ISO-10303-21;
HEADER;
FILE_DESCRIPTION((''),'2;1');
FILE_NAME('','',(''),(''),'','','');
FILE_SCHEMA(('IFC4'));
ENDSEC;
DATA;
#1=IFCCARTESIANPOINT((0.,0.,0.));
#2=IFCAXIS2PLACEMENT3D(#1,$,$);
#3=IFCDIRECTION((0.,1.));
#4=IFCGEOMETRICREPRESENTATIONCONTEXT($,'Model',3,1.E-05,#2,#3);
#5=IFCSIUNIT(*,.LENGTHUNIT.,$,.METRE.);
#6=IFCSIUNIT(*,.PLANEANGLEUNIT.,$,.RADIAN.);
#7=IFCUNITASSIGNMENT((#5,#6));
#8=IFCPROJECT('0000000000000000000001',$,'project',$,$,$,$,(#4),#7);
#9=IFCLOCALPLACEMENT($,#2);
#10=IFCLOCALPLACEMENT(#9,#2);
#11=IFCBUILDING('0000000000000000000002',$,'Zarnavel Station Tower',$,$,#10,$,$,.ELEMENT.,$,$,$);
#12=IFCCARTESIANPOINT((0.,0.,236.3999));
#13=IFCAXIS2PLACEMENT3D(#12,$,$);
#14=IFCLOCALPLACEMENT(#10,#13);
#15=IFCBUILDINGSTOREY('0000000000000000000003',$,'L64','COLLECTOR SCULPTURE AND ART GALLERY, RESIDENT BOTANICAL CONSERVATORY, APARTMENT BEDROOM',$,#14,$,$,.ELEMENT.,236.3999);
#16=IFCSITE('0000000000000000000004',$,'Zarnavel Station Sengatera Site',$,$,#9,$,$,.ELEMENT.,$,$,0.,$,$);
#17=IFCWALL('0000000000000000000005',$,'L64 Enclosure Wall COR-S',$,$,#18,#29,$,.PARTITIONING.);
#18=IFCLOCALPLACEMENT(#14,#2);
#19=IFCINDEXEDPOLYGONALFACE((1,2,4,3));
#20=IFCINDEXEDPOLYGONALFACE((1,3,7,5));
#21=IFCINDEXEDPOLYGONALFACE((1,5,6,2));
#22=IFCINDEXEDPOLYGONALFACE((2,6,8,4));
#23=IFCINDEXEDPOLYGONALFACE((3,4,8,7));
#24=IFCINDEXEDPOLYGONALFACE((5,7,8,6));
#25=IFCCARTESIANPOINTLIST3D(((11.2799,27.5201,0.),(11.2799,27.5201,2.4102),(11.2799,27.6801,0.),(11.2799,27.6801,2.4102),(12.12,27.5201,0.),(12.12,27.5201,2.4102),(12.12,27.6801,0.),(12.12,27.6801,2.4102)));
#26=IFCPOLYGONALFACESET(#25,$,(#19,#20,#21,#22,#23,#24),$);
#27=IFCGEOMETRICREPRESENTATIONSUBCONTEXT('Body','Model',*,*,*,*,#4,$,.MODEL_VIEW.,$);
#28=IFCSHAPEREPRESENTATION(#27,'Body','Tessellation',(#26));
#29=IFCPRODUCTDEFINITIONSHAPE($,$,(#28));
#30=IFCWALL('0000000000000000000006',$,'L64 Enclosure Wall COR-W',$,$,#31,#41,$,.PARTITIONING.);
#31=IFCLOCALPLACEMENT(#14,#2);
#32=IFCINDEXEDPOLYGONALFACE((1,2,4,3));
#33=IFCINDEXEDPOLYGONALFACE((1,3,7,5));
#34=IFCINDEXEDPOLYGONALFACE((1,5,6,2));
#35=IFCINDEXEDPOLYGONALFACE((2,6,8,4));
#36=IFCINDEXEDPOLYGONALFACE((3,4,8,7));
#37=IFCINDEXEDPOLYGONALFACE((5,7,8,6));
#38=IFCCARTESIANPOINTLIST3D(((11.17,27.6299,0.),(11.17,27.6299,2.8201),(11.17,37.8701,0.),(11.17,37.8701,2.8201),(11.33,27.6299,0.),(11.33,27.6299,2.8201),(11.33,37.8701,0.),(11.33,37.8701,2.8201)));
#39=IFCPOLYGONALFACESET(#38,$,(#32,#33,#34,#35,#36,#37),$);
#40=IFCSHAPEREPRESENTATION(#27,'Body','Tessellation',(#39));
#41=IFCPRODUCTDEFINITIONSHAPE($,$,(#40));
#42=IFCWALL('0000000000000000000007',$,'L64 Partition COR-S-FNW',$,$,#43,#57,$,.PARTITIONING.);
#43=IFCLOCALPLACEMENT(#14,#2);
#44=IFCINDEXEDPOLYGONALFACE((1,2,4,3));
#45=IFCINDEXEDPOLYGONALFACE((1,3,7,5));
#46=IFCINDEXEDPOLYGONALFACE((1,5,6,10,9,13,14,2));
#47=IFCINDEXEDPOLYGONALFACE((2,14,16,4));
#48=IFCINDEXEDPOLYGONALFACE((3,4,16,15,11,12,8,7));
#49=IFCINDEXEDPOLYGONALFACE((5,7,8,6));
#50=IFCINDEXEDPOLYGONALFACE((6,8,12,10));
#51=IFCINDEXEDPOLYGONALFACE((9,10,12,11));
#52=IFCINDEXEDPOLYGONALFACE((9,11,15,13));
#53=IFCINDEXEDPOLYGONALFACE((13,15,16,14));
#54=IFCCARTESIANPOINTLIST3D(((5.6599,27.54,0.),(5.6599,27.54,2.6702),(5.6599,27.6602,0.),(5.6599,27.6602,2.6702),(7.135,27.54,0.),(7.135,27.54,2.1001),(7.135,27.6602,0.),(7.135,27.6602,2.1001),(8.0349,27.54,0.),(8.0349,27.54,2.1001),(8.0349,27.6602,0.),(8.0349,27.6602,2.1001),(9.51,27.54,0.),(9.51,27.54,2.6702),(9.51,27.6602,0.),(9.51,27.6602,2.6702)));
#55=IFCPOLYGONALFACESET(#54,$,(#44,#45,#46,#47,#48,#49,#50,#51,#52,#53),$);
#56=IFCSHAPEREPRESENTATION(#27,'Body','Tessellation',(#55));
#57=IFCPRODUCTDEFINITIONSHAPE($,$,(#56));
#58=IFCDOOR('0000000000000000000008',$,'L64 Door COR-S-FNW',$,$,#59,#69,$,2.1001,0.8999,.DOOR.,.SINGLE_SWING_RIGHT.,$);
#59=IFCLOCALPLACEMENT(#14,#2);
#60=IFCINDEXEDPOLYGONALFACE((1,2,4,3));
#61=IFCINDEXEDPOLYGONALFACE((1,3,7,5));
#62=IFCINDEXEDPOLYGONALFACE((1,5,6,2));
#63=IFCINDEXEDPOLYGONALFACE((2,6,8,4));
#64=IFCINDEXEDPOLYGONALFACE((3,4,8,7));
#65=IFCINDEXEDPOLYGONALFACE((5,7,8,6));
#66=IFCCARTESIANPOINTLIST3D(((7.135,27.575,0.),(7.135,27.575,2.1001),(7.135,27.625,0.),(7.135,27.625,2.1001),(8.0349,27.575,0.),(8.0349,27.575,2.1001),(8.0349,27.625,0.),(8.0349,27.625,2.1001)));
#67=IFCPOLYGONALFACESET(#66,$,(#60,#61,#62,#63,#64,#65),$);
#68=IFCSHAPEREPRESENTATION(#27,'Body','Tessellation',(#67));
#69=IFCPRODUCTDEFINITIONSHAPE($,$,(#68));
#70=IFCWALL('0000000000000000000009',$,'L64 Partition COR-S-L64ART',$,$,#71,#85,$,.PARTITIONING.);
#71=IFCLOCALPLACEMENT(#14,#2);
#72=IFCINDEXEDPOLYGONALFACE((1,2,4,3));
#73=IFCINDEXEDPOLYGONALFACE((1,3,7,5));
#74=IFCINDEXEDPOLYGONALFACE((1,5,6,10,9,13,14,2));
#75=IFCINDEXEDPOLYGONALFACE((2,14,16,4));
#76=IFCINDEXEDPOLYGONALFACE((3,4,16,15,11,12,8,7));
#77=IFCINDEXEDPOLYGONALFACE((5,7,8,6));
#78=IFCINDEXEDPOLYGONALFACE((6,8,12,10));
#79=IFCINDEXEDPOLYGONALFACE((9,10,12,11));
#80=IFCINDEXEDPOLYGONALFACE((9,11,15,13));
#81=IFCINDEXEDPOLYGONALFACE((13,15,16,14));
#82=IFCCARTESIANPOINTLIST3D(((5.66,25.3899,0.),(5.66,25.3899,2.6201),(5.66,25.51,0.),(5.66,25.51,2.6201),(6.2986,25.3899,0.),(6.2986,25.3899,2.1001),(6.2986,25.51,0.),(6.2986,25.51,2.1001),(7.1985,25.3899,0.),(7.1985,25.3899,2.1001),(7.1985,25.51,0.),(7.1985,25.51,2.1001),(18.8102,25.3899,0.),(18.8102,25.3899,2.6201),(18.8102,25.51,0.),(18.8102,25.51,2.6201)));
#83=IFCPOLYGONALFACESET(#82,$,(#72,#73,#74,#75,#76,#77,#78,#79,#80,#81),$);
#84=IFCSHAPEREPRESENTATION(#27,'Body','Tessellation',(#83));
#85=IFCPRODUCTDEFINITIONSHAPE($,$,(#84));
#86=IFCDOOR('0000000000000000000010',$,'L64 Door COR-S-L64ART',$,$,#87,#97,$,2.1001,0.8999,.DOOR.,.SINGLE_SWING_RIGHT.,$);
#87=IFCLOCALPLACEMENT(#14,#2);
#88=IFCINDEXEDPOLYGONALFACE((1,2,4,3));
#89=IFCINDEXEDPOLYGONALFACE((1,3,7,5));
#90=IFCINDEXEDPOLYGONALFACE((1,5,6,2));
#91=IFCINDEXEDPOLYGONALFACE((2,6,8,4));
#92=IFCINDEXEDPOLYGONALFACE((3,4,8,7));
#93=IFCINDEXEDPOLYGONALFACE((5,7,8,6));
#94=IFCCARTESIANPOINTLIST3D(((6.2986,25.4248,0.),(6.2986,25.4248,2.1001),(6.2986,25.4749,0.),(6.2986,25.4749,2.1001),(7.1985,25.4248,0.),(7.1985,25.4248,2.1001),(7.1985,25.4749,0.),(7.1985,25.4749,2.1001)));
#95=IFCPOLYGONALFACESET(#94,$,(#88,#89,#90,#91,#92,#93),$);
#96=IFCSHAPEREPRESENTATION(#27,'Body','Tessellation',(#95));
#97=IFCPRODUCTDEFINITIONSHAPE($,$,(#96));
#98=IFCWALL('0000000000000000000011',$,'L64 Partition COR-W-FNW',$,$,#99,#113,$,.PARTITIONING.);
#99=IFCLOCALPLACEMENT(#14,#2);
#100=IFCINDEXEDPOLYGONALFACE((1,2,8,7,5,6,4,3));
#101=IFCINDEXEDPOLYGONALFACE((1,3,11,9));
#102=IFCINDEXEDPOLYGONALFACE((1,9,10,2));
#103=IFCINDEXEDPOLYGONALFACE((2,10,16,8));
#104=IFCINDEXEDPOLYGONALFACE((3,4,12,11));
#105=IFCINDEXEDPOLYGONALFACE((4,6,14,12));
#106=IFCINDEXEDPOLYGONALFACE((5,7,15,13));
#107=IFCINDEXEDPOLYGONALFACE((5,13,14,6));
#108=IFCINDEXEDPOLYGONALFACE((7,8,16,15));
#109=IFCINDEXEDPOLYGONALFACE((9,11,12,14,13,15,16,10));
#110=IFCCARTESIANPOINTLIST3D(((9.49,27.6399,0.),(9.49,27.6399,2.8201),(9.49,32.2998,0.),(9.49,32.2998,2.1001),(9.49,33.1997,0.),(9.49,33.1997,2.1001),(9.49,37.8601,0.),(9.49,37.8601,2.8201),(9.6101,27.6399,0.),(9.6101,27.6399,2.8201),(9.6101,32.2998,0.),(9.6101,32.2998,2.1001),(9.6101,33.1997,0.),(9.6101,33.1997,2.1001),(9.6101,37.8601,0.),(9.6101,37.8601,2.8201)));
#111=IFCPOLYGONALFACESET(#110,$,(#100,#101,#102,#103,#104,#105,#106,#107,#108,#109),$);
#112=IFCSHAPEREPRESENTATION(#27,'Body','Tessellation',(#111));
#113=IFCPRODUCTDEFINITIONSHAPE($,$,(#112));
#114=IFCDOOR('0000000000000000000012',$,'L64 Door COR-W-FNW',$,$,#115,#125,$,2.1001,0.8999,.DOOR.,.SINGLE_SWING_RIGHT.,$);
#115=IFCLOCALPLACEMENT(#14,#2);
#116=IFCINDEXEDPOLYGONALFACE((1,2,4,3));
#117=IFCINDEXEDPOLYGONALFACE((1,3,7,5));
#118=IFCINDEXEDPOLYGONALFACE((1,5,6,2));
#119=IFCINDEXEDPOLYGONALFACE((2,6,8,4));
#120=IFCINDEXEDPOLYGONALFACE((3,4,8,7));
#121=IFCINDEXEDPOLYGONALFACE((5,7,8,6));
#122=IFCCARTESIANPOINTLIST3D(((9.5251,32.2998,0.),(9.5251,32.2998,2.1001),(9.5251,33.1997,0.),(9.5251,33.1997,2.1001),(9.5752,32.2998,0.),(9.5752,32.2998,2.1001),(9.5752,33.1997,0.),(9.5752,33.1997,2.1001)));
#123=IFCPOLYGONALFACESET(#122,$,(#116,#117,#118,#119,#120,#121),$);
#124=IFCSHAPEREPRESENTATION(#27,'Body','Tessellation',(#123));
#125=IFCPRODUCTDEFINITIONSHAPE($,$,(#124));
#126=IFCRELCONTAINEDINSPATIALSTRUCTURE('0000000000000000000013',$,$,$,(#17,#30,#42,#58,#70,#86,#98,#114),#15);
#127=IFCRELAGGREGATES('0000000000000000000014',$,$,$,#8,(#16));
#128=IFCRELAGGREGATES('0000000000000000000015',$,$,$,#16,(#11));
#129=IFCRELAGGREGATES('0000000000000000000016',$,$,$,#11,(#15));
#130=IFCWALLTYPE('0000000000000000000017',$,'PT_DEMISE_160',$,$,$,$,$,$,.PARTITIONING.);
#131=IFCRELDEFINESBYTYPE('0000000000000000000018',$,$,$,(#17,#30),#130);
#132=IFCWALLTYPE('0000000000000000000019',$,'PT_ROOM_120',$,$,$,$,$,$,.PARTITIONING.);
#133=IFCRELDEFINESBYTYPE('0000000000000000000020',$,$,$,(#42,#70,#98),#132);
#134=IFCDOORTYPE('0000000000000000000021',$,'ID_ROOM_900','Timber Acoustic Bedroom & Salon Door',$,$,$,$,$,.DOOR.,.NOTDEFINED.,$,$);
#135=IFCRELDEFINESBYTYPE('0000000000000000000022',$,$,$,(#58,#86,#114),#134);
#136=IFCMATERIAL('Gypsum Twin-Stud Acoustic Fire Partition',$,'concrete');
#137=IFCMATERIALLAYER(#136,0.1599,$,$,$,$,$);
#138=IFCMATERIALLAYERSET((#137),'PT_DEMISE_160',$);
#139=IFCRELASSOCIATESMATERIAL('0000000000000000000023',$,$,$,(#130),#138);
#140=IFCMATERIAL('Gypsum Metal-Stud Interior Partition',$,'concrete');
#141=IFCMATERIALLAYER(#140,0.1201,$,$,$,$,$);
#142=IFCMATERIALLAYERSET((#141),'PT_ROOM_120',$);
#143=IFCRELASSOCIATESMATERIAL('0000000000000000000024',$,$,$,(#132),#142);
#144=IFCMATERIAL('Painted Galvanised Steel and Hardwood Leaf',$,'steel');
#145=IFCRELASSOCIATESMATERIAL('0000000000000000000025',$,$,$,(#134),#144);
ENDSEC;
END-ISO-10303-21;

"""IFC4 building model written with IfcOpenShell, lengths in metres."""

from ifc_helpers import new_model, si_unit, direction, frame, frame_2d, origin, place, context, subcontext, project, spatial, rectangle, extrude, material, layer, layer_set, type_object, element, fill, save


model = new_model("IFC4")

# Units and contexts
model_context = context("Model", 3, precision=1e-05, world=origin(), true_north=direction((0.0, 1.0)))
body_context = subcontext(model_context, "Body", "Model", "MODEL_VIEW")
ifc_project = project(units=[si_unit("LENGTHUNIT", "METRE"), si_unit("PLANEANGLEUNIT", "RADIAN")], contexts=[model_context])

# Site, building, storey
site_placement = place(None, origin())
site = spatial("IfcSite", under=ifc_project, at=site_placement, Name="Zarnavel Station Sengatera Site", CompositionType="ELEMENT", RefElevation=0.0)
building_placement = place(site_placement, origin())
building = spatial("IfcBuilding", under=site, at=building_placement, Name="Zarnavel Station Tower", CompositionType="ELEMENT")
storey_placement = place(building_placement, frame((0.0, 0.0, 236.3999)))
storey = spatial("IfcBuildingStorey", under=building, at=storey_placement, Name="L64", Description="COLLECTOR SCULPTURE AND ART GALLERY, RESIDENT BOTANICAL CONSERVATORY, APARTMENT BEDROOM", CompositionType="ELEMENT", Elevation=236.3999)

# Walls
ifc_material_1 = material(Name="Gypsum Twin-Stud Acoustic Fire Partition", Category="concrete")
ifc_layer_1 = layer(ifc_material_1, 0.1599)
ifc_layer_set_1 = layer_set([ifc_layer_1], Name="PT_DEMISE_160")
wall_type_1 = type_object("IfcWallType", Name="PT_DEMISE_160", PredefinedType="PARTITIONING", material=ifc_layer_set_1)
wall_1_placement = place(storey_placement, frame((11.28, 27.6001, 0.0), z_axis=(0.0, 0.0, 1.0), x_axis=(1.0, 0.0, 0.0)))
element("IfcWall", 1, at=wall_1_placement, inside=storey, type_object=wall_type_1, Name="L64 Enclosure Wall COR-S", PredefinedType="PARTITIONING", context=body_context, shape_type="SweptSolid", body=[
    extrude(rectangle(XDim=0.8401, YDim=0.1599, at=frame_2d((0.4199, 0.0))), origin(), (0.0, 0.0, 1.0), 2.4102),
])
wall_2_placement = place(storey_placement, frame((11.25, 27.6299, 0.0), z_axis=(0.0, 0.0, 1.0), x_axis=(0.0, 1.0, 0.0)))
element("IfcWall", 2, at=wall_2_placement, inside=storey, type_object=wall_type_1, Name="L64 Enclosure Wall COR-W", PredefinedType="PARTITIONING", context=body_context, shape_type="SweptSolid", body=[
    extrude(rectangle(XDim=10.2402, YDim=0.1599, at=frame_2d((5.1201, 0.0))), origin(), (0.0, 0.0, 1.0), 2.8201),
])

# Walls, openings, doors
ifc_material_2 = material(Name="Gypsum Metal-Stud Interior Partition", Category="concrete")
ifc_layer_2 = layer(ifc_material_2, 0.1201)
ifc_layer_set_2 = layer_set([ifc_layer_2], Name="PT_ROOM_120")
wall_type_2 = type_object("IfcWallType", Name="PT_ROOM_120", PredefinedType="PARTITIONING", material=ifc_layer_set_2)
wall_3_placement = place(storey_placement, frame((5.6599, 27.6001, 0.0), z_axis=(0.0, 0.0, 1.0), x_axis=(1.0, 0.0, 0.0)))
wall_3 = element("IfcWall", 3, at=wall_3_placement, inside=storey, type_object=wall_type_2, Name="L64 Partition COR-S-FNW", PredefinedType="PARTITIONING", context=body_context, shape_type="SweptSolid", body=[
    extrude(rectangle(XDim=3.8501, YDim=0.1201, at=frame_2d((1.925, 0.0))), origin(), (0.0, 0.0, 1.0), 2.6702),
])
opening_1_placement = place(wall_3_placement, frame((1.4751, 0.0, 0.0)))
opening_1 = element("IfcOpeningElement", 4, at=opening_1_placement, cuts=wall_3, PredefinedType="OPENING", context=body_context, shape_type="SweptSolid", body=[
    extrude(rectangle(XDim=0.8999, YDim=2.1001, at=frame_2d((0.45, 1.05))), frame((0.0, 0.0701, 0.0), z_axis=(0.0, -1.0, 0.0), x_axis=(1.0, 0.0, 0.0)), (0.0, 0.0, 1.0), 0.1401),
])
ifc_material_3 = material(Name="Painted Galvanised Steel and Hardwood Leaf", Category="steel")
door_type_1 = type_object("IfcDoorType", Name="ID_ROOM_900", Description="Timber Acoustic Bedroom & Salon Door", OperationType="NOTDEFINED", PredefinedType="DOOR", material=ifc_material_3)
door_1_placement = place(opening_1_placement, origin())
door_1 = element("IfcDoor", 5, at=door_1_placement, inside=storey, type_object=door_type_1, Name="L64 Door COR-S-FNW", OperationType="SINGLE_SWING_RIGHT", OverallHeight=2.1001, OverallWidth=0.8999, PredefinedType="DOOR", context=body_context, shape_type="SweptSolid", body=[
    extrude(rectangle(XDim=0.8999, YDim=2.1001, at=frame_2d((0.45, 1.05))), frame((0.0, 0.0249, 0.0), z_axis=(0.0, -1.0, 0.0), x_axis=(1.0, 0.0, 0.0)), (0.0, 0.0, 1.0), 0.05),
])
fill(opening_1, door_1)
wall_4_placement = place(storey_placement, frame((5.6599, 25.45, 0.0), z_axis=(0.0, 0.0, 1.0), x_axis=(1.0, 0.0, 0.0)))
wall_4 = element("IfcWall", 6, at=wall_4_placement, inside=storey, type_object=wall_type_2, Name="L64 Partition COR-S-L64ART", PredefinedType="PARTITIONING", context=body_context, shape_type="SweptSolid", body=[
    extrude(rectangle(XDim=13.1501, YDim=0.1201, at=frame_2d((6.5752, 0.0))), origin(), (0.0, 0.0, 1.0), 2.6201),
])
opening_2_placement = place(wall_4_placement, frame((0.6387, 0.0, 0.0)))
opening_2 = element("IfcOpeningElement", 7, at=opening_2_placement, cuts=wall_4, PredefinedType="OPENING", context=body_context, shape_type="SweptSolid", body=[
    extrude(rectangle(XDim=0.8999, YDim=2.1001, at=frame_2d((0.45, 1.05))), frame((0.0, 0.0701, 0.0), z_axis=(0.0, -1.0, 0.0), x_axis=(1.0, 0.0, 0.0)), (0.0, 0.0, 1.0), 0.1401),
])
door_2_placement = place(opening_2_placement, origin())
door_2 = element("IfcDoor", 8, at=door_2_placement, inside=storey, type_object=door_type_1, Name="L64 Door COR-S-L64ART", OperationType="SINGLE_SWING_RIGHT", OverallHeight=2.1001, OverallWidth=0.8999, PredefinedType="DOOR", context=body_context, shape_type="SweptSolid", body=[
    extrude(rectangle(XDim=0.8999, YDim=2.1001, at=frame_2d((0.45, 1.05))), frame((0.0, 0.0249, 0.0), z_axis=(0.0, -1.0, 0.0), x_axis=(1.0, 0.0, 0.0)), (0.0, 0.0, 1.0), 0.05),
])
fill(opening_2, door_2)
wall_5_placement = place(storey_placement, frame((9.55, 27.6399, 0.0), z_axis=(0.0, 0.0, 1.0), x_axis=(0.0, 1.0, 0.0)))
wall_5 = element("IfcWall", 9, at=wall_5_placement, inside=storey, type_object=wall_type_2, Name="L64 Partition COR-W-FNW", PredefinedType="PARTITIONING", context=body_context, shape_type="SweptSolid", body=[
    extrude(rectangle(XDim=10.2202, YDim=0.1201, at=frame_2d((5.1101, 0.0))), origin(), (0.0, 0.0, 1.0), 2.8201),
])
opening_3_placement = place(wall_5_placement, frame((4.6599, 0.0, 0.0)))
opening_3 = element("IfcOpeningElement", 10, at=opening_3_placement, cuts=wall_5, PredefinedType="OPENING", context=body_context, shape_type="SweptSolid", body=[
    extrude(rectangle(XDim=0.8999, YDim=2.1001, at=frame_2d((0.45, 1.05))), frame((0.0, 0.0701, 0.0), z_axis=(0.0, -1.0, 0.0), x_axis=(1.0, 0.0, 0.0)), (0.0, 0.0, 1.0), 0.1401),
])
door_3_placement = place(opening_3_placement, origin())
door_3 = element("IfcDoor", 11, at=door_3_placement, inside=storey, type_object=door_type_1, Name="L64 Door COR-W-FNW", OperationType="SINGLE_SWING_RIGHT", OverallHeight=2.1001, OverallWidth=0.8999, PredefinedType="DOOR", context=body_context, shape_type="SweptSolid", body=[
    extrude(rectangle(XDim=0.8999, YDim=2.1001, at=frame_2d((0.45, 1.05))), frame((0.0, 0.0249, 0.0), z_axis=(0.0, -1.0, 0.0), x_axis=(1.0, 0.0, 0.0)), (0.0, 0.0, 1.0), 0.05),
])
fill(opening_3, door_3)

save(model, "model.ifc")
